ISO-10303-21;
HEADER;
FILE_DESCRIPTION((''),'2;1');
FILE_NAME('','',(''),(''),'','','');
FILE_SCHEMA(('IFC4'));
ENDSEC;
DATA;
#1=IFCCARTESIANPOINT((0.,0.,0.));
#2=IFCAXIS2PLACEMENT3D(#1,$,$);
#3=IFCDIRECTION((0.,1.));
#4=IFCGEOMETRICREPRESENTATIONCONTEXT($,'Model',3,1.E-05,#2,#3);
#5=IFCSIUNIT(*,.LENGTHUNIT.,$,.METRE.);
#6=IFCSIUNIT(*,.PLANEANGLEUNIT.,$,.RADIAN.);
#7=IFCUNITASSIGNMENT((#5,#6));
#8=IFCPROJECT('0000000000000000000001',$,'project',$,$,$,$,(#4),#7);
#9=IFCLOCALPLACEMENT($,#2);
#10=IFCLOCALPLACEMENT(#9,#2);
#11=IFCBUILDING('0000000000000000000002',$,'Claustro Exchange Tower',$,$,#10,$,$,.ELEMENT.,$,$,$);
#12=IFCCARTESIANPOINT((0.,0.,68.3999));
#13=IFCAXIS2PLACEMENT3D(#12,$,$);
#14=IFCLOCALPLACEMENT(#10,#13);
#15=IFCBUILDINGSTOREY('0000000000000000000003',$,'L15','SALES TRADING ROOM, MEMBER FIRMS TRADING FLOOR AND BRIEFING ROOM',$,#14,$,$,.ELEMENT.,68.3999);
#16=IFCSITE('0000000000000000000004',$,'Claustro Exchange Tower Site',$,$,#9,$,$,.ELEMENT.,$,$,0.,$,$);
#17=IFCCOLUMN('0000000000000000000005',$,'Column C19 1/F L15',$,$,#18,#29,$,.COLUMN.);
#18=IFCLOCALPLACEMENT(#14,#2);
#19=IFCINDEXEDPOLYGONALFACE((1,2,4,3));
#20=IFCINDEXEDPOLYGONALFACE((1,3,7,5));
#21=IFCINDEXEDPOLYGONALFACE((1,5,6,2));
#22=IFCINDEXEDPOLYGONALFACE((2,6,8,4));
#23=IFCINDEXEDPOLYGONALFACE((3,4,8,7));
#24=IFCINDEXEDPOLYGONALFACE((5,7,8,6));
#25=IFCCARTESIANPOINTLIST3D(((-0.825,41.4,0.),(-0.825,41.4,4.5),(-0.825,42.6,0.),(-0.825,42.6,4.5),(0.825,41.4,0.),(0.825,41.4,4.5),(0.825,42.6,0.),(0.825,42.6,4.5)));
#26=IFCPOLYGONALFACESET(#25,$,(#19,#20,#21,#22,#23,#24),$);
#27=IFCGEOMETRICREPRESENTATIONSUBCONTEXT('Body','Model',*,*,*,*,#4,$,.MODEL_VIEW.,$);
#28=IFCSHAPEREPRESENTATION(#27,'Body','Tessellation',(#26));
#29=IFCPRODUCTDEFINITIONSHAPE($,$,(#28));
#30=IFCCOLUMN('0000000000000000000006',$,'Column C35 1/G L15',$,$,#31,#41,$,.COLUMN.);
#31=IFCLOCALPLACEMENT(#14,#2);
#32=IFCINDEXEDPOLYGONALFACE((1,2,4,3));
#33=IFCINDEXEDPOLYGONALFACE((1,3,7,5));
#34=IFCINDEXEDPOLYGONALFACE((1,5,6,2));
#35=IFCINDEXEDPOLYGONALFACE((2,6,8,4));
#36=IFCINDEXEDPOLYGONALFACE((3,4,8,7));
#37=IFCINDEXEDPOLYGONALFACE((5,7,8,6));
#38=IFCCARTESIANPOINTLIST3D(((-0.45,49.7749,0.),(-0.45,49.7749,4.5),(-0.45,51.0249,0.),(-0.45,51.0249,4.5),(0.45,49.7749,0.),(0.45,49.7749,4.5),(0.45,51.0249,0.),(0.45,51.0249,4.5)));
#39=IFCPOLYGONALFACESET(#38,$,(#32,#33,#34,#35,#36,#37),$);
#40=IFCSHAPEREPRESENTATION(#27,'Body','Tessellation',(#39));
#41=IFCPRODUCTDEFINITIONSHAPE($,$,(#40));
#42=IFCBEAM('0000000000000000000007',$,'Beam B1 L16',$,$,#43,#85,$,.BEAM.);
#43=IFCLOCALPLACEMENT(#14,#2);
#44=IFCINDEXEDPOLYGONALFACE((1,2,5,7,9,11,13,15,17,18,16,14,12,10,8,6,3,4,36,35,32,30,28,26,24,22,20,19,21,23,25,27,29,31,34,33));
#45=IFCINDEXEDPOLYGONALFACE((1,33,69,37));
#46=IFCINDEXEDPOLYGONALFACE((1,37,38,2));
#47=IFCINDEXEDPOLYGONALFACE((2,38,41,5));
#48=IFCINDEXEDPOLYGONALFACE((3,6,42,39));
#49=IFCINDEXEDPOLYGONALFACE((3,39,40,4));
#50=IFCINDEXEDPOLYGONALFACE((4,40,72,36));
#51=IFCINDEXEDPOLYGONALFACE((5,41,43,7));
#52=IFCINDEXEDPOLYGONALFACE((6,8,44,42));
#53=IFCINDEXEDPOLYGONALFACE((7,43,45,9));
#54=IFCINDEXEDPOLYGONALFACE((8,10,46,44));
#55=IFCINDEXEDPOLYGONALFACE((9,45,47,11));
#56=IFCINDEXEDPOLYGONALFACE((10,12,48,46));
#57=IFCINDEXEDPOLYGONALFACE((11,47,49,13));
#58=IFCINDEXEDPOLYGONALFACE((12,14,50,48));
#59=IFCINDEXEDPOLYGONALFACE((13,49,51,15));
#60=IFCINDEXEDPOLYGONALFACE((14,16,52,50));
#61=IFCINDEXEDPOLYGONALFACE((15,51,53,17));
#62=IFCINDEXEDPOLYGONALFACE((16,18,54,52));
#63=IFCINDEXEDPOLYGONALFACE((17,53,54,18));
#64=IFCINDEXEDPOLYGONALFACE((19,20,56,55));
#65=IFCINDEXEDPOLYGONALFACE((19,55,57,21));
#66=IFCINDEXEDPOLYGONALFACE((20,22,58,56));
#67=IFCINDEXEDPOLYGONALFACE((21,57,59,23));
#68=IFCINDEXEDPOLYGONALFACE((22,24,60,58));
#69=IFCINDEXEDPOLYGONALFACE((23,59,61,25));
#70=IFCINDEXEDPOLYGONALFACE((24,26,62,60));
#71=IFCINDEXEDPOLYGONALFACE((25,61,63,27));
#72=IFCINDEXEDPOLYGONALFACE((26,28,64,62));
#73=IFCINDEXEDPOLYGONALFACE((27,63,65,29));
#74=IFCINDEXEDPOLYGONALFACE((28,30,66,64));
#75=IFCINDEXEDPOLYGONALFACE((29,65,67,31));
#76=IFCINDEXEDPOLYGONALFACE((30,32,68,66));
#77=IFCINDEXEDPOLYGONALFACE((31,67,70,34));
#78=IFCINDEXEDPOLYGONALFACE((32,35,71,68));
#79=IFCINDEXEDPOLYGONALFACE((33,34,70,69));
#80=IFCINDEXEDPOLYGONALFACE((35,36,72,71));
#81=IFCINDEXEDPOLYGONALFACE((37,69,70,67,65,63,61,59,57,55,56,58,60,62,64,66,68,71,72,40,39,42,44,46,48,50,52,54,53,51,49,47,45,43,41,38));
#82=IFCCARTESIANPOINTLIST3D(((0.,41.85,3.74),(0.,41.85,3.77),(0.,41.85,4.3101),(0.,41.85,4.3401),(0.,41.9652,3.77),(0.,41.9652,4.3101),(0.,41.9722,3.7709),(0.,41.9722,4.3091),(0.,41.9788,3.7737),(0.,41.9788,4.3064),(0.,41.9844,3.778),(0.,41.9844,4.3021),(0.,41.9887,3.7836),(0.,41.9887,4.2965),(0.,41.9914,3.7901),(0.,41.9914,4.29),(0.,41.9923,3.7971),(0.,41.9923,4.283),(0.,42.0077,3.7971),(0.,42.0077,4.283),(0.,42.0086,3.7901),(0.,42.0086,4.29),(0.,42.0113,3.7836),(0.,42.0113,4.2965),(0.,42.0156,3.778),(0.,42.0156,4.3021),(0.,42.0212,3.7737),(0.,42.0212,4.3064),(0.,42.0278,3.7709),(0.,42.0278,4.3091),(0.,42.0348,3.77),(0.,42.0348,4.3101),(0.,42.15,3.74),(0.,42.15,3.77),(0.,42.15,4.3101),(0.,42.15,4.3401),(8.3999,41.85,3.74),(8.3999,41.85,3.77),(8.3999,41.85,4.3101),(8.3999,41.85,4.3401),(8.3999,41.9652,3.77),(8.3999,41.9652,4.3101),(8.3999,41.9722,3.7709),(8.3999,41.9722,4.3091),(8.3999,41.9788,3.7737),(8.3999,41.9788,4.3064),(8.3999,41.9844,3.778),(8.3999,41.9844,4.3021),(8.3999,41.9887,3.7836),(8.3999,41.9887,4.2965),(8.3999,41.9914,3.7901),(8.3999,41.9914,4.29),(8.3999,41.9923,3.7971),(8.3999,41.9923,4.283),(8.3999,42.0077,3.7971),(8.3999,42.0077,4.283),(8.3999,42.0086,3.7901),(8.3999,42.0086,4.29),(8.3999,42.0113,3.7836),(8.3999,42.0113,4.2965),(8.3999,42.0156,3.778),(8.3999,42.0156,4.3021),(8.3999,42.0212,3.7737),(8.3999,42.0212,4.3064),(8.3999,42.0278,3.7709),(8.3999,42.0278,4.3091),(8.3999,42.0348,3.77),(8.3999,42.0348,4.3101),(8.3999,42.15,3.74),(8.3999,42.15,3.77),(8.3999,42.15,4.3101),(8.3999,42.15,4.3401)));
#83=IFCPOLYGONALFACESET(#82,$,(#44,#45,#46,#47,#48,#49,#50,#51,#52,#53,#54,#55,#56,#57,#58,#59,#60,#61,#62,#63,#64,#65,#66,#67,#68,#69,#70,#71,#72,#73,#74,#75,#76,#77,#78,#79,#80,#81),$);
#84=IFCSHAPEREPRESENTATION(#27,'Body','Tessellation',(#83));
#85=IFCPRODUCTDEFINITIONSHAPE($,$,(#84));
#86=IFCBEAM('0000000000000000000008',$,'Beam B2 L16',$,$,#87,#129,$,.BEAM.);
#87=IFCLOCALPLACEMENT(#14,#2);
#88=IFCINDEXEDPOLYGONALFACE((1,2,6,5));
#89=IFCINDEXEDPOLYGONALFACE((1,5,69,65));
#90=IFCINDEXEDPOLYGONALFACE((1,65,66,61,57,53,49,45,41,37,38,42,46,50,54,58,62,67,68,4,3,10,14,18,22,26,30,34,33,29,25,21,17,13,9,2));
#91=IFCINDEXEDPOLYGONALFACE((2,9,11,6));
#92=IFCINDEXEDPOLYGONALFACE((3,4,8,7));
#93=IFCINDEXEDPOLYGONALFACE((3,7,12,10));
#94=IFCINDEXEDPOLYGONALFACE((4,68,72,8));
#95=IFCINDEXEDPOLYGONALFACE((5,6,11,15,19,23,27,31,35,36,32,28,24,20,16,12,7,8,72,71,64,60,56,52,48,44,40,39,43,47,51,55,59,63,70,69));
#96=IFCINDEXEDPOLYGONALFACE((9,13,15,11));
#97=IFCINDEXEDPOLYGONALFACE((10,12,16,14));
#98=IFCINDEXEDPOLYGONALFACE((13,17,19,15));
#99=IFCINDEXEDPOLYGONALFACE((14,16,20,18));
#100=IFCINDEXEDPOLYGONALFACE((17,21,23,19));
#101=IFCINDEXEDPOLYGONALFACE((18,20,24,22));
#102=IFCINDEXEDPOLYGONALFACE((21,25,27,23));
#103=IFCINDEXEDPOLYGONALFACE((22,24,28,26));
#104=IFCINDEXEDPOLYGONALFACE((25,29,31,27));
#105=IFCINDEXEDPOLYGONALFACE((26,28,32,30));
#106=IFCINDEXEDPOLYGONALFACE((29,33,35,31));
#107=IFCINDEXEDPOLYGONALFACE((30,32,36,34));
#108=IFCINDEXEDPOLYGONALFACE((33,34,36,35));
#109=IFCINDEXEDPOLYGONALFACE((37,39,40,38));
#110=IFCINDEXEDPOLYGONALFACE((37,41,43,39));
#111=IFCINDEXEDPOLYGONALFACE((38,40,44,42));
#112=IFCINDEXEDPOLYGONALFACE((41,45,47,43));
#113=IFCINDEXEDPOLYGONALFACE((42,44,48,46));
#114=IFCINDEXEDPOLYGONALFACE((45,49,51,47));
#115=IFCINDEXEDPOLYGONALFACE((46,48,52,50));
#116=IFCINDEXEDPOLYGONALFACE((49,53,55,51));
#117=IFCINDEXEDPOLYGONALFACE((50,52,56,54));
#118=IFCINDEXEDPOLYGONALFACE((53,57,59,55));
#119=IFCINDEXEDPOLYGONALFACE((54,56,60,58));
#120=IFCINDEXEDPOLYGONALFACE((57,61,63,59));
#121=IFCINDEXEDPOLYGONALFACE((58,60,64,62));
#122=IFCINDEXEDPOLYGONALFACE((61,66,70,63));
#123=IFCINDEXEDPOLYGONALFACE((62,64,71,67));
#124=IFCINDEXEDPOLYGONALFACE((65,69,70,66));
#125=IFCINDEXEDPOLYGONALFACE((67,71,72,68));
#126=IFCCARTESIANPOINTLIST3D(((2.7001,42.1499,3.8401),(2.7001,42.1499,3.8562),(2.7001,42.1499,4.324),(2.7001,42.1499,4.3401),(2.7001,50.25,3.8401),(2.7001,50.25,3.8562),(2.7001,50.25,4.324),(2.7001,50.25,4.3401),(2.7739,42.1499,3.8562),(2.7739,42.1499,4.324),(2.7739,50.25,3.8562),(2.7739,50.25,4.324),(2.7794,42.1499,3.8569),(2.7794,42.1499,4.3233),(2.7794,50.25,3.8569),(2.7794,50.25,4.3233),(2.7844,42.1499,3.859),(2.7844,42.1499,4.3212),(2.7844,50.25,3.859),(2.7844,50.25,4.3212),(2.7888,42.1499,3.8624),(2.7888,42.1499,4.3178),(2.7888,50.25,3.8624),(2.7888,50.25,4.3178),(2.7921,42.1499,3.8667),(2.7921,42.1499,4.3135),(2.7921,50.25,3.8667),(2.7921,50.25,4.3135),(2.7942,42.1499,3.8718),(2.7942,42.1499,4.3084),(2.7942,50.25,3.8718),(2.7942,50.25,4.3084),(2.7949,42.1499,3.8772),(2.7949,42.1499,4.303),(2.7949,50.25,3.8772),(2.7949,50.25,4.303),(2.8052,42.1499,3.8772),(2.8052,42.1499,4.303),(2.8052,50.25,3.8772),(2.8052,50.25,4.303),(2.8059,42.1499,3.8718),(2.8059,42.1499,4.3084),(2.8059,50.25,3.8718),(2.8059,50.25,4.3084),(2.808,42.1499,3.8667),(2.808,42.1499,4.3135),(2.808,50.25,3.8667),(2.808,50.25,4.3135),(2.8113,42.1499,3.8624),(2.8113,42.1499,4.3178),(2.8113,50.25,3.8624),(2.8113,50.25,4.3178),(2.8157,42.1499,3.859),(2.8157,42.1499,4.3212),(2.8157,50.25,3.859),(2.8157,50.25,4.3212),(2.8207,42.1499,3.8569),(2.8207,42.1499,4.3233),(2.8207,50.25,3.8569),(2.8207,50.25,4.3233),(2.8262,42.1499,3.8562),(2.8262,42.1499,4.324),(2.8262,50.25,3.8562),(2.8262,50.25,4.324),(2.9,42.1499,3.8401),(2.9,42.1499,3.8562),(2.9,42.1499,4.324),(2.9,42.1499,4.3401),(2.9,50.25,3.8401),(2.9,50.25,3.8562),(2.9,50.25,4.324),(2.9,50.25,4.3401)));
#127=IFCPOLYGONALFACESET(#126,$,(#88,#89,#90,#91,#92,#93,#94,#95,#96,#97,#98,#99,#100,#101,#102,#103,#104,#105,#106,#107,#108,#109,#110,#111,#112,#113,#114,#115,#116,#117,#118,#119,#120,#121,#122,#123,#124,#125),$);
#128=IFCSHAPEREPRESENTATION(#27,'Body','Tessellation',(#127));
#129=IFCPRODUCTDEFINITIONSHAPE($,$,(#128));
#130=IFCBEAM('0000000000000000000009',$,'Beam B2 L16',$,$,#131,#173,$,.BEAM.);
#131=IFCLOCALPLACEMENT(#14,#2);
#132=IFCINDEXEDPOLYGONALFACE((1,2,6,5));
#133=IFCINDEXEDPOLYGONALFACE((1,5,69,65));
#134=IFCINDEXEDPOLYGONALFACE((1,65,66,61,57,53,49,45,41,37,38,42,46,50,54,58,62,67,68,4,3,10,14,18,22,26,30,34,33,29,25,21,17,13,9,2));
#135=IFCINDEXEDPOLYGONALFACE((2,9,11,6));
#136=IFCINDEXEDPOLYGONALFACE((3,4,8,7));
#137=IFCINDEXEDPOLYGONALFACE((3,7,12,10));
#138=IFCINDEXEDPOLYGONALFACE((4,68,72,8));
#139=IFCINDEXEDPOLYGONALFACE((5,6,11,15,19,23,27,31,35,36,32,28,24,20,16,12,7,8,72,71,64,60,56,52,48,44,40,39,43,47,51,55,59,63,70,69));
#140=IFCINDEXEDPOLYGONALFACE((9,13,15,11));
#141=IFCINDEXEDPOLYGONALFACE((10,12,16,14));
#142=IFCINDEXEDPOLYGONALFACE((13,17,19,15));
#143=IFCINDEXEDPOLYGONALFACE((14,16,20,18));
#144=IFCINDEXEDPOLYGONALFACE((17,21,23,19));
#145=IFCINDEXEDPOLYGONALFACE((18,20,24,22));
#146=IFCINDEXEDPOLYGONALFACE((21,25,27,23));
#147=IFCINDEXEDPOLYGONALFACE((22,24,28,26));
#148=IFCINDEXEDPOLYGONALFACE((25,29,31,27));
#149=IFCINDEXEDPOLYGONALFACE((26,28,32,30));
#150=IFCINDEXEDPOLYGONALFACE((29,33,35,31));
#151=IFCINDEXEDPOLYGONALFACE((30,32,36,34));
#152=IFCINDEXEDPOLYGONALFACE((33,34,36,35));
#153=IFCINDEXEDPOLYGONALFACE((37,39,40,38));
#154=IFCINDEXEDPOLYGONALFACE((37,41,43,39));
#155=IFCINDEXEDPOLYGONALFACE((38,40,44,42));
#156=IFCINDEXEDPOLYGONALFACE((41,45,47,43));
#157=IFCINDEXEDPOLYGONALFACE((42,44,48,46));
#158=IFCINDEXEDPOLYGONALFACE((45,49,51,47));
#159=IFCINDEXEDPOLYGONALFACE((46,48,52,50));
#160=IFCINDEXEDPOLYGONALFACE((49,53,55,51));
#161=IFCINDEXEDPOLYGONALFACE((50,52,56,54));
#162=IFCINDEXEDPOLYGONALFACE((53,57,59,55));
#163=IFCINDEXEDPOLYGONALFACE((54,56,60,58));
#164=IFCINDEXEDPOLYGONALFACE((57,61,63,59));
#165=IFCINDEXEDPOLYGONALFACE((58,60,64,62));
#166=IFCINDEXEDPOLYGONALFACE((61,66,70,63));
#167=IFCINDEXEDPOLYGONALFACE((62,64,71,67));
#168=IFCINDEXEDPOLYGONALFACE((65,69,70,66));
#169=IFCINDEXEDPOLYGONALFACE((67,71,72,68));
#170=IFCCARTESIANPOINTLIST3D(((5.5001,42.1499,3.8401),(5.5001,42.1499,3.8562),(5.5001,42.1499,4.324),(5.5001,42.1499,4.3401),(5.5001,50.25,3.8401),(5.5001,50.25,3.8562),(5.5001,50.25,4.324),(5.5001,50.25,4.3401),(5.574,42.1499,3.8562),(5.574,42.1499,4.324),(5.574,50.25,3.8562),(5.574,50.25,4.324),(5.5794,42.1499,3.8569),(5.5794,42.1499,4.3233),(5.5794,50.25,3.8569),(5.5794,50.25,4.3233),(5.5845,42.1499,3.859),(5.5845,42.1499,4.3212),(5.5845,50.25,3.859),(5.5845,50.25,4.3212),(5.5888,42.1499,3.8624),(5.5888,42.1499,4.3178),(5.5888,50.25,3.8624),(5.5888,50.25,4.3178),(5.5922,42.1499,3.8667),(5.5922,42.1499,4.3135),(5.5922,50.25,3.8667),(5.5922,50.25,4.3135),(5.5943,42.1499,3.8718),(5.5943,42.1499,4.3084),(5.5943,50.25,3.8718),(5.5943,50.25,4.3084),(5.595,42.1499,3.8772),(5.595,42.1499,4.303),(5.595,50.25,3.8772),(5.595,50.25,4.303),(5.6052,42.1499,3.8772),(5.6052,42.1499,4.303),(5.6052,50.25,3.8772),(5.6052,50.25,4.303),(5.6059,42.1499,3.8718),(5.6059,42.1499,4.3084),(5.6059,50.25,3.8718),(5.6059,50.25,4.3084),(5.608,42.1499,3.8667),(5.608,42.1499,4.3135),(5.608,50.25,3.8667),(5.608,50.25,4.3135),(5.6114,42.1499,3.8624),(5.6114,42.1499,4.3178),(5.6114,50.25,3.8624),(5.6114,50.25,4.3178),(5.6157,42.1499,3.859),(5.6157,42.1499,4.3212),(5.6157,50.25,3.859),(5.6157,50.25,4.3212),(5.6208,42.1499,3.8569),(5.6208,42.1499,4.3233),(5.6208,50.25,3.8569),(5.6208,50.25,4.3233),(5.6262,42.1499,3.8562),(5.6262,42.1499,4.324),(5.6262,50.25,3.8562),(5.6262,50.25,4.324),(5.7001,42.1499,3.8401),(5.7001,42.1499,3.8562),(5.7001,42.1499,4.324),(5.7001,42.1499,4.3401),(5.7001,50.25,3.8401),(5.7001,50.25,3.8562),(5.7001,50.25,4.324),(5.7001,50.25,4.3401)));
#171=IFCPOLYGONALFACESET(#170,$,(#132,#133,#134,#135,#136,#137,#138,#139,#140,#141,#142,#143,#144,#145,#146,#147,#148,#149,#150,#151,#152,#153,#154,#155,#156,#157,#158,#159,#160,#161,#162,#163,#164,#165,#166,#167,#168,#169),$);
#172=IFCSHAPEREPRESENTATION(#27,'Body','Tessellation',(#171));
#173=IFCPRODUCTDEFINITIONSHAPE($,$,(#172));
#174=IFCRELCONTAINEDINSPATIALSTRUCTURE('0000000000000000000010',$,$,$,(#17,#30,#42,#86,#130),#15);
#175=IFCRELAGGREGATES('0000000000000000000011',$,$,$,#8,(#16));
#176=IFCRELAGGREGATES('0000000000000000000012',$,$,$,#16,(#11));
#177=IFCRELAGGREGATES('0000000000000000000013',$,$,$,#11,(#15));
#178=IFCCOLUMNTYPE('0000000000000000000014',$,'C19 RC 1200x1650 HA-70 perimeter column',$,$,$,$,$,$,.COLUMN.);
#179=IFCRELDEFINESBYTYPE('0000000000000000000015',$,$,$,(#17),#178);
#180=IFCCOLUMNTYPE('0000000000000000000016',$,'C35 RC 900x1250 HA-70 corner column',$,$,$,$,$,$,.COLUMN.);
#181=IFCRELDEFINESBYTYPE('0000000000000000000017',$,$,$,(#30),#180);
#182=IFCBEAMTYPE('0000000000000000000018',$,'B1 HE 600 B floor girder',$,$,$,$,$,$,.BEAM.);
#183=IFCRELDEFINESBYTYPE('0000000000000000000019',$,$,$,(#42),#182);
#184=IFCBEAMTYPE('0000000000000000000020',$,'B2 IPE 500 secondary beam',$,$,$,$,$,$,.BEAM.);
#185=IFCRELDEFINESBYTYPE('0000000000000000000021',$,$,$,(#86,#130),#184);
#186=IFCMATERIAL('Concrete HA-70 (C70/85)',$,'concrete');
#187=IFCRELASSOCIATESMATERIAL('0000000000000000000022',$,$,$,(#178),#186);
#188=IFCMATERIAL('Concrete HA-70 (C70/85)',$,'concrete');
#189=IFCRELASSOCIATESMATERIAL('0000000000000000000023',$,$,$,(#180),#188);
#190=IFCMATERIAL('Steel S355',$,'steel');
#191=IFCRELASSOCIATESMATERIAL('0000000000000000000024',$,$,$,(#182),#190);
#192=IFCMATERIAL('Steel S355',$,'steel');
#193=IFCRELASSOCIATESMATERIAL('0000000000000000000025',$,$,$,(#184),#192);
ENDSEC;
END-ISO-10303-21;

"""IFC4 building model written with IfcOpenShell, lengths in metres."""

from ifc_helpers import new_model, si_unit, direction, frame, origin, origin_2d, place, context, subcontext, project, spatial, rectangle, i_section, extrude, material, material_profile, profile_set, type_object, element, save


model = new_model("IFC4")

# Units and contexts
model_context = context("Model", 3, precision=1e-05, world=origin(), true_north=direction((0.0, 1.0)))
body_context = subcontext(model_context, "Body", "Model", "MODEL_VIEW")
ifc_project = project(units=[si_unit("LENGTHUNIT", "METRE"), si_unit("PLANEANGLEUNIT", "RADIAN")], contexts=[model_context])

# Site, building, storey
site_placement = place(None, origin())
site = spatial("IfcSite", under=ifc_project, at=site_placement, Name="Claustro Exchange Tower Site", CompositionType="ELEMENT", RefElevation=0.0)
building_placement = place(site_placement, origin())
building = spatial("IfcBuilding", under=site, at=building_placement, Name="Claustro Exchange Tower", CompositionType="ELEMENT")
storey_placement = place(building_placement, frame((0.0, 0.0, 68.3999)))
storey = spatial("IfcBuildingStorey", under=building, at=storey_placement, Name="L15", Description="SALES TRADING ROOM, MEMBER FIRMS TRADING FLOOR AND BRIEFING ROOM", CompositionType="ELEMENT", Elevation=68.3999)

# Columns
ifc_material_1 = material(Name="Concrete HA-70 (C70/85)", Category="concrete")
ifc_material_profile_1 = material_profile(ifc_material_1, rectangle(XDim=1.2, YDim=1.6499, at=origin_2d()), Name="RC 1200x1650")
ifc_profile_set_1 = profile_set([ifc_material_profile_1], Name="Concrete HA-70 (C70/85)")
column_type_1 = type_object("IfcColumnType", Name="C19 RC 1200x1650 HA-70 perimeter column", PredefinedType="COLUMN", material=ifc_profile_set_1)
column_1_placement = place(storey_placement, frame((0.0, 42.0, 0.0), z_axis=(0.0, 0.0, 1.0), x_axis=(0.0, 1.0, 0.0)))
element("IfcColumn", 1, at=column_1_placement, inside=storey, type_object=column_type_1, Name="Column C19 1/F L15", PredefinedType="COLUMN", context=body_context, shape_type="SweptSolid", body=[
    extrude(rectangle(XDim=1.2, YDim=1.6499, at=origin_2d()), origin(), (0.0, 0.0, 1.0), 4.5),
])
ifc_material_2 = material(Name="Concrete HA-70 (C70/85)", Category="concrete")
ifc_material_profile_2 = material_profile(ifc_material_2, rectangle(XDim=0.8999, YDim=1.25, at=origin_2d()), Name="RC 900x1250")
ifc_profile_set_2 = profile_set([ifc_material_profile_2], Name="Concrete HA-70 (C70/85)")
column_type_2 = type_object("IfcColumnType", Name="C35 RC 900x1250 HA-70 corner column", PredefinedType="COLUMN", material=ifc_profile_set_2)
column_2_placement = place(storey_placement, frame((0.0, 50.3999, 0.0), z_axis=(0.0, 0.0, 1.0), x_axis=(1.0, 0.0, 0.0)))
element("IfcColumn", 2, at=column_2_placement, inside=storey, type_object=column_type_2, Name="Column C35 1/G L15", PredefinedType="COLUMN", context=body_context, shape_type="SweptSolid", body=[
    extrude(rectangle(XDim=0.8999, YDim=1.25, at=origin_2d()), origin(), (0.0, 0.0, 1.0), 4.5),
])

# Beams
ifc_material_3 = material(Name="Steel S355", Category="steel")
ifc_material_profile_3 = material_profile(ifc_material_3, i_section(OverallWidth=0.3, OverallDepth=0.6001, WebThickness=0.0154, FlangeThickness=0.03, FilletRadius=0.0271, at=origin_2d()), Name="HE 600 B")
ifc_profile_set_3 = profile_set([ifc_material_profile_3], Name="Steel S355")
beam_type_1 = type_object("IfcBeamType", Name="B1 HE 600 B floor girder", PredefinedType="BEAM", material=ifc_profile_set_3)
beam_1_placement = place(storey_placement, frame((0.0, 42.0, 4.04), z_axis=(1.0, 0.0, 0.0), x_axis=(0.0, 1.0, 0.0)))
element("IfcBeam", 3, at=beam_1_placement, inside=storey, type_object=beam_type_1, Name="Beam B1 L16", PredefinedType="BEAM", context=body_context, shape_type="SweptSolid", body=[
    extrude(i_section(OverallWidth=0.3, OverallDepth=0.6001, WebThickness=0.0154, FlangeThickness=0.03, FilletRadius=0.0271, at=origin_2d()), origin(), (0.0, 0.0, 1.0), 8.3999),
])
ifc_material_4 = material(Name="Steel S355", Category="steel")
ifc_material_profile_4 = material_profile(ifc_material_4, i_section(OverallWidth=0.2, OverallDepth=0.5, WebThickness=0.0103, FlangeThickness=0.0161, FilletRadius=0.021, at=origin_2d()), Name="IPE 500")
ifc_profile_set_4 = profile_set([ifc_material_profile_4], Name="Steel S355")
beam_type_2 = type_object("IfcBeamType", Name="B2 IPE 500 secondary beam", PredefinedType="BEAM", material=ifc_profile_set_4)
for number, where, z_axis, x_axis, name in (
    (4, (2.8, 42.1499, 4.0901), (0.0, 1.0, 0.0), (-1.0, 0.0, 0.0), "Beam B2 L16"),
    (5, (5.6001, 42.1499, 4.0901), (0.0, 1.0, 0.0), (-1.0, 0.0, 0.0), "Beam B2 L16"),
):
    element("IfcBeam", number, at=place(storey_placement, frame(where, z_axis=z_axis, x_axis=x_axis)), inside=storey, type_object=beam_type_2, Name=name, PredefinedType="BEAM", context=body_context, shape_type="SweptSolid", body=[
        extrude(i_section(OverallWidth=0.2, OverallDepth=0.5, WebThickness=0.0103, FlangeThickness=0.0161, FilletRadius=0.021, at=origin_2d()), origin(), (0.0, 0.0, 1.0), 8.1001),
    ])

save(model, "model.ifc")
